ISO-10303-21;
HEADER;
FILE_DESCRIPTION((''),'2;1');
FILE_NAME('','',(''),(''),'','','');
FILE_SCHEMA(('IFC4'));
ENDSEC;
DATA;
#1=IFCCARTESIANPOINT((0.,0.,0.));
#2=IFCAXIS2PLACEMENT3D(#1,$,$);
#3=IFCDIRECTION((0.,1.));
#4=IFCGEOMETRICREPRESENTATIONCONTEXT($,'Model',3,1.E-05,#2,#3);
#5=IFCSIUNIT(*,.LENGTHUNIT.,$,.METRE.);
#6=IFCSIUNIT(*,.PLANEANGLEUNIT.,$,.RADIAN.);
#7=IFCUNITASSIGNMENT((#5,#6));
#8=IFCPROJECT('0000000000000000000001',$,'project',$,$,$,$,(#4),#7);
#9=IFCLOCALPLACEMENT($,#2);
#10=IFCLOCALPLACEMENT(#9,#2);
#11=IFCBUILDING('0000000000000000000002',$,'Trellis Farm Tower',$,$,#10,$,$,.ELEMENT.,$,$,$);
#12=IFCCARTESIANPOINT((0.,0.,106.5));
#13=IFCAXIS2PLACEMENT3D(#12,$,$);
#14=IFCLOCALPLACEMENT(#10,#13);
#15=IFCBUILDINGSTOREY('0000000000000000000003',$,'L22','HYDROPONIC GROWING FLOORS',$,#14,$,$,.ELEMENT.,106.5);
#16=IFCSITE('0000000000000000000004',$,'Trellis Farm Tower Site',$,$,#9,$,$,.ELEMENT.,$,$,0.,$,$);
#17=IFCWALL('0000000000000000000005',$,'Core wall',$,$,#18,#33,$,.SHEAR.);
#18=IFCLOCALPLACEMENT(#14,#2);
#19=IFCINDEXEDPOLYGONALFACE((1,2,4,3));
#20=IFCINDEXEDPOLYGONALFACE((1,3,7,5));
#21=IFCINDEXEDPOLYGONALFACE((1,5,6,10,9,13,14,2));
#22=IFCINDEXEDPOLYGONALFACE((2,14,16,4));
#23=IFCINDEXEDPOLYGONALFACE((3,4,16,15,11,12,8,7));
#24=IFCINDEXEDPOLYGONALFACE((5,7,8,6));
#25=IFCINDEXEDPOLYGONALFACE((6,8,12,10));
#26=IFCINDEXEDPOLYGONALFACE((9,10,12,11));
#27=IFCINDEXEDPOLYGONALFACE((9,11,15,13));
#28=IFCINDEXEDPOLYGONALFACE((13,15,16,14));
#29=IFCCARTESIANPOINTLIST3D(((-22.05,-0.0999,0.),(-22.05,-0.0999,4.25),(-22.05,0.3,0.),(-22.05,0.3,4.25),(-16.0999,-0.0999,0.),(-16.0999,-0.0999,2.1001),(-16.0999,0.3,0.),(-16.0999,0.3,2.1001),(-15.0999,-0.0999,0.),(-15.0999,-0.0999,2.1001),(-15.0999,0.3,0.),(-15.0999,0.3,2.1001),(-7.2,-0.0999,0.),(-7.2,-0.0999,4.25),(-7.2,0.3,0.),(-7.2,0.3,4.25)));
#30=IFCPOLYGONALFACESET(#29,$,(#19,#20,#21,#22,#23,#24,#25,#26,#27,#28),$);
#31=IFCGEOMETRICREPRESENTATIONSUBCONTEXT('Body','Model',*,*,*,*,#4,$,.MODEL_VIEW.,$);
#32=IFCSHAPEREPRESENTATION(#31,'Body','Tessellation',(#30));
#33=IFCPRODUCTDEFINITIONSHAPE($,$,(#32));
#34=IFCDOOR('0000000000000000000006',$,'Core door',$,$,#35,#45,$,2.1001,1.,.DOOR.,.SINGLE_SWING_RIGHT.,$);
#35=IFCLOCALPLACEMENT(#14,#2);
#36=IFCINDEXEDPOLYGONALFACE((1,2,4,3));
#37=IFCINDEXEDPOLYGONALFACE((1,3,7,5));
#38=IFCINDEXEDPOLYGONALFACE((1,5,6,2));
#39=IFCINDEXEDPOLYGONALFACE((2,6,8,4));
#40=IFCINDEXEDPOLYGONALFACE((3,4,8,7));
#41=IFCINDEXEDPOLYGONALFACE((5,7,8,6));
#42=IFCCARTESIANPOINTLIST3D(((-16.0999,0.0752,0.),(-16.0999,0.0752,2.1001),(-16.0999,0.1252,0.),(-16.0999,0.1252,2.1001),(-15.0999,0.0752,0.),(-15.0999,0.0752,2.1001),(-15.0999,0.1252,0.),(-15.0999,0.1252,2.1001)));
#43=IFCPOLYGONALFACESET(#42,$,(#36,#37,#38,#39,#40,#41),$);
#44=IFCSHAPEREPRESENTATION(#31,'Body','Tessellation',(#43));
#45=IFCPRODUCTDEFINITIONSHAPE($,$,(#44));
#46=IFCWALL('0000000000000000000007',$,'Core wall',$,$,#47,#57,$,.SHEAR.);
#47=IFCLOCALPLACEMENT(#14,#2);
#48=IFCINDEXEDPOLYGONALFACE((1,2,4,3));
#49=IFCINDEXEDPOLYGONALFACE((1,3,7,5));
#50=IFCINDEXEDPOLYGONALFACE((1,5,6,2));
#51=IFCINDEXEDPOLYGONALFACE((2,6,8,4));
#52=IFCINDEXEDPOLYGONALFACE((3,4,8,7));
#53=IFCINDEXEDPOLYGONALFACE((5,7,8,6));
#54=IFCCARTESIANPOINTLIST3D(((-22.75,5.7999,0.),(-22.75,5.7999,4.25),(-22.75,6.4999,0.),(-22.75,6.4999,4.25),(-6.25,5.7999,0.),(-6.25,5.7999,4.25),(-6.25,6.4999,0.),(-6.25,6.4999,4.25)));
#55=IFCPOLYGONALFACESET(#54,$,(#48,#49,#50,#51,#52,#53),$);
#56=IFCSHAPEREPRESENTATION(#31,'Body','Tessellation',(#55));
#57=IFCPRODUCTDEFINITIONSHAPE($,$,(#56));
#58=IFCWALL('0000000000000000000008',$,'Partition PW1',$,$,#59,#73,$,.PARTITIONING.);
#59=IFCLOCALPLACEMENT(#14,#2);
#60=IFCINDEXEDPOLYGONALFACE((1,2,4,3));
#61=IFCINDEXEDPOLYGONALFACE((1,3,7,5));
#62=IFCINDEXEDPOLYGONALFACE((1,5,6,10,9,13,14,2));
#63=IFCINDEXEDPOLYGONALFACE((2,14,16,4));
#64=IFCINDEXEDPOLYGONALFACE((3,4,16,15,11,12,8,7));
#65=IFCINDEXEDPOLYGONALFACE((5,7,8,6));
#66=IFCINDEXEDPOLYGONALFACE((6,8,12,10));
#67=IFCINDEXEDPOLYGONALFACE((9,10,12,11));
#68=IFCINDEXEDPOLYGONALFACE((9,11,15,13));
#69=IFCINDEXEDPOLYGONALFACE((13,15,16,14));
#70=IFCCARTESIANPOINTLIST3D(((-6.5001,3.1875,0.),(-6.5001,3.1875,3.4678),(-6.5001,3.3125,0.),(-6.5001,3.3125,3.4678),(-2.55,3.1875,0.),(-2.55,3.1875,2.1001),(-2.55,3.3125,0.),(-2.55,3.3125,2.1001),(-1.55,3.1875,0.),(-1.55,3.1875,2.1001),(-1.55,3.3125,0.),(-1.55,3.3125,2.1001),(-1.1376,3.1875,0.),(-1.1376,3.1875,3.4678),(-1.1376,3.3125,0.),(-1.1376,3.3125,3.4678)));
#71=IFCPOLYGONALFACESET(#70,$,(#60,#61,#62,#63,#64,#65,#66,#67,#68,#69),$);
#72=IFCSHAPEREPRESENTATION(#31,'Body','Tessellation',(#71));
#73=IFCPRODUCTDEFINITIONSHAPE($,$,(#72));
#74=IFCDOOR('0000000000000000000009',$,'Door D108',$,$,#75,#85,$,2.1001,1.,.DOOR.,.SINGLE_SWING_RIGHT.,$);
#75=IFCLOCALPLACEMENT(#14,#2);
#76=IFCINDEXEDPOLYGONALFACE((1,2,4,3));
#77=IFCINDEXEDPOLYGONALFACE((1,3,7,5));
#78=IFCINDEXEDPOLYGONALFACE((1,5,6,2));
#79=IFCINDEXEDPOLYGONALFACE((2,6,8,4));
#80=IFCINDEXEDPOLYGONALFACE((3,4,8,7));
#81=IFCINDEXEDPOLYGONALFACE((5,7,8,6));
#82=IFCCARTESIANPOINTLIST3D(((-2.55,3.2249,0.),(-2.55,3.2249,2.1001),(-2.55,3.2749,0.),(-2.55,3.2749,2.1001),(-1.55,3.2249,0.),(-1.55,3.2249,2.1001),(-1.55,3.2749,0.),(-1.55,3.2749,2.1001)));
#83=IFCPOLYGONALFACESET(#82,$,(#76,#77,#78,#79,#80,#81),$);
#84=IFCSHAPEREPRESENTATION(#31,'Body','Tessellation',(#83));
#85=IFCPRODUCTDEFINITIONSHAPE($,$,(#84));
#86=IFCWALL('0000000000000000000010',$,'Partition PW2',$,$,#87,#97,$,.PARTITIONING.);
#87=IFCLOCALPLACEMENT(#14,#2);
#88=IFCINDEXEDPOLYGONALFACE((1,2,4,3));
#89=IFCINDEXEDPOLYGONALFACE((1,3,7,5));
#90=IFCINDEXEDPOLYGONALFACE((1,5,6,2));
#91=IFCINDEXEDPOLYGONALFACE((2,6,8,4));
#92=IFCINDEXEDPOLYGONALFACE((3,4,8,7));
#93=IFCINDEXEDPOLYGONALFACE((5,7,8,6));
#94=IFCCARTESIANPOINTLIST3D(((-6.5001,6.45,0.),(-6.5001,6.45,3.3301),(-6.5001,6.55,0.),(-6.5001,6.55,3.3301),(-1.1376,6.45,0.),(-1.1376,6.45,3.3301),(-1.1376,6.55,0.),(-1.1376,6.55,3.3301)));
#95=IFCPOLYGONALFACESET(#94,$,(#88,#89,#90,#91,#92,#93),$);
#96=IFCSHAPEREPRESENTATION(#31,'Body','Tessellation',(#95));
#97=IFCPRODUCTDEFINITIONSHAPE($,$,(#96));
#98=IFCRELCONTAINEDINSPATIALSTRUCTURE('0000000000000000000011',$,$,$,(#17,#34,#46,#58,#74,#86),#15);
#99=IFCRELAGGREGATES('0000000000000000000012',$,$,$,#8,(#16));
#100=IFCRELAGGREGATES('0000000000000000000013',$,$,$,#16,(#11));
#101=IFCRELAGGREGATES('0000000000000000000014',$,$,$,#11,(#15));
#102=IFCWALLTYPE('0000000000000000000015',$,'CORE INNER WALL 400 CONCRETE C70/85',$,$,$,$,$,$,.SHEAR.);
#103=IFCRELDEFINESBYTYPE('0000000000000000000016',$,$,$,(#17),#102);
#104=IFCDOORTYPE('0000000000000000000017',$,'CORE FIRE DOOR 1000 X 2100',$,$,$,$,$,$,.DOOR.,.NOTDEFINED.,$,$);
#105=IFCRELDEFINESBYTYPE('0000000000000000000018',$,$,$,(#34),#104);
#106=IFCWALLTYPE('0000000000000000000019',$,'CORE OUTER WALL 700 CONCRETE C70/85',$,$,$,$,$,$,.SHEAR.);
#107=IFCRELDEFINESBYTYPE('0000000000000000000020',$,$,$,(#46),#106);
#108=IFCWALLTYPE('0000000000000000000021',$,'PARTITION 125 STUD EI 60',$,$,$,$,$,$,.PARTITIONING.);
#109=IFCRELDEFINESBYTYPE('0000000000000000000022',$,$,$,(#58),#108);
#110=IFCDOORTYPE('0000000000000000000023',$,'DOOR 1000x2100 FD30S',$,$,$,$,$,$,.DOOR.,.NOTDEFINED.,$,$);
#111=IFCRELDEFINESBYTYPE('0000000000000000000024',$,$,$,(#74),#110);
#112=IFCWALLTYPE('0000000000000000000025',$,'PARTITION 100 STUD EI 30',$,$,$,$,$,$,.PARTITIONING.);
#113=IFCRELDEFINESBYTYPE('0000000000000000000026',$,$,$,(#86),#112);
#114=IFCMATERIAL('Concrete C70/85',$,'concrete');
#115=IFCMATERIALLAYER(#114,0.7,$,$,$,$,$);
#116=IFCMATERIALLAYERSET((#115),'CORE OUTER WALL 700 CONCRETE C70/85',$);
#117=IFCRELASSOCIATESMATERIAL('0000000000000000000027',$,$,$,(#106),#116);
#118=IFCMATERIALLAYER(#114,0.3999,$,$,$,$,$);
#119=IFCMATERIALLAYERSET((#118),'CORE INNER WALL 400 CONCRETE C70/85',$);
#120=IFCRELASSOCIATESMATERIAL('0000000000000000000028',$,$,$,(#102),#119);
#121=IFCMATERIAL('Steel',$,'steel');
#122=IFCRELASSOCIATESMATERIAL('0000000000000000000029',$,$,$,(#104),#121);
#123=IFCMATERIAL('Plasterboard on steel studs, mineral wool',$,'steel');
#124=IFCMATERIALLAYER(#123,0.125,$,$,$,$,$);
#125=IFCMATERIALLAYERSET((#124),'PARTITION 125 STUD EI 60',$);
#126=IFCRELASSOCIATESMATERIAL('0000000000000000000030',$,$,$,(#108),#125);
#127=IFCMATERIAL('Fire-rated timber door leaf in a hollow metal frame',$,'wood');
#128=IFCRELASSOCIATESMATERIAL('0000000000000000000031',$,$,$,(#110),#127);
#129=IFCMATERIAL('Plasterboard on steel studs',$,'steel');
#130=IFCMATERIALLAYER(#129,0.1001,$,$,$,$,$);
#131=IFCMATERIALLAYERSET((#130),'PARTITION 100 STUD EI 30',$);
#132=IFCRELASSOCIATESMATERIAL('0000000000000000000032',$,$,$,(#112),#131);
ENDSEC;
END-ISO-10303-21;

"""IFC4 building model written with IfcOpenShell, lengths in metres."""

from ifc_helpers import new_model, si_unit, direction, frame, frame_2d, origin, place, context, subcontext, project, spatial, rectangle, extrude, source, transform, mapped, material, layer, layer_set, type_object, element, fill, save


model = new_model("IFC4")

# Units and contexts
model_context = context("Model", 3, precision=1e-05, world=origin(), true_north=direction((0.0, 1.0)))
body_context = subcontext(model_context, "Body", "Model", "MODEL_VIEW")
ifc_project = project(units=[si_unit("LENGTHUNIT", "METRE"), si_unit("PLANEANGLEUNIT", "RADIAN")], contexts=[model_context])

# Site, building, storey
site_placement = place(None, origin())
site = spatial("IfcSite", under=ifc_project, at=site_placement, Name="Trellis Farm Tower Site", CompositionType="ELEMENT", RefElevation=0.0)
building_placement = place(site_placement, origin())
building = spatial("IfcBuilding", under=site, at=building_placement, Name="Trellis Farm Tower", CompositionType="ELEMENT")
storey_placement = place(building_placement, frame((0.0, 0.0, 106.5)))
storey = spatial("IfcBuildingStorey", under=building, at=storey_placement, Name="L22", Description="HYDROPONIC GROWING FLOORS", CompositionType="ELEMENT", Elevation=106.5)

# Shared definitions
ifc_material_1 = material(Name="Concrete C70/85", Category="concrete")
ifc_layer_1 = layer(ifc_material_1, 0.7)
ifc_layer_set_1 = layer_set([ifc_layer_1], Name="CORE OUTER WALL 700 CONCRETE C70/85")
wall_type_1 = type_object("IfcWallType", Name="CORE OUTER WALL 700 CONCRETE C70/85", PredefinedType="SHEAR", material=ifc_layer_set_1)
ifc_material_2 = material(Name="Steel", Category="steel")

# Shared definitions
ifc_layer_2 = layer(ifc_material_1, 0.3999)
ifc_layer_set_2 = layer_set([ifc_layer_2], Name="CORE INNER WALL 400 CONCRETE C70/85")
wall_type_2 = type_object("IfcWallType", Name="CORE INNER WALL 400 CONCRETE C70/85", PredefinedType="SHEAR", material=ifc_layer_set_2)

# Wall, opening, door
shared_shape_1 = source(origin(), body_context, "Body", "SweptSolid", [
    extrude(rectangle(XDim=14.8501, YDim=0.3999, at=frame_2d((7.425, 0.0))), origin(), (0.0, 0.0, 1.0), 4.25),
])
wall_1_placement = place(storey_placement, frame((-7.2, 0.1001, 0.0), z_axis=(0.0, 0.0, 1.0), x_axis=(-1.0, 0.0, 0.0)))
wall_1 = element("IfcWall", 1, at=wall_1_placement, inside=storey, type_object=wall_type_2, Name="Core wall", PredefinedType="SHEAR", context=body_context, shape_type="MappedRepresentation", body=[
    mapped(shared_shape_1, transform((0.0, 0.0, 0.0))),
])
shared_shape_2 = source(origin(), body_context, "Body", "SweptSolid", [
    extrude(rectangle(XDim=1.0, YDim=2.1001, at=frame_2d((0.5, 1.05))), frame((0.0, 0.21, 0.0), z_axis=(0.0, -1.0, 0.0), x_axis=(1.0, 0.0, 0.0)), (0.0, 0.0, 1.0), 0.4199),
])
opening_1_placement = place(wall_1_placement, frame((7.8999, 0.0, 0.0)))
opening_1 = element("IfcOpeningElement", 2, at=opening_1_placement, cuts=wall_1, PredefinedType="OPENING", context=body_context, shape_type="MappedRepresentation", body=[
    mapped(shared_shape_2, transform((0.0, 0.0, 0.0))),
])
door_type_1 = type_object("IfcDoorType", Name="CORE FIRE DOOR 1000 X 2100", OperationType="NOTDEFINED", PredefinedType="DOOR", material=ifc_material_2)
shared_shape_3 = source(origin(), body_context, "Body", "SweptSolid", [
    extrude(rectangle(XDim=1.0, YDim=2.1001, at=frame_2d((0.5, 1.05))), frame((0.0, 0.0249, 0.0), z_axis=(0.0, -1.0, 0.0), x_axis=(1.0, 0.0, 0.0)), (0.0, 0.0, 1.0), 0.05),
])
door_1_placement = place(opening_1_placement, origin())
door_1 = element("IfcDoor", 3, at=door_1_placement, inside=storey, type_object=door_type_1, Name="Core door", OperationType="SINGLE_SWING_RIGHT", OverallHeight=2.1001, OverallWidth=1.0, PredefinedType="DOOR", context=body_context, shape_type="MappedRepresentation", body=[
    mapped(shared_shape_3, transform((0.0, 0.0, 0.0))),
])
fill(opening_1, door_1)

# Wall
shared_shape_4 = source(origin(), body_context, "Body", "SweptSolid", [
    extrude(rectangle(XDim=16.5, YDim=0.7, at=frame_2d((8.25, 0.0))), origin(), (0.0, 0.0, 1.0), 4.25),
])
wall_2_placement = place(storey_placement, frame((-6.25, 6.1499, 0.0), z_axis=(0.0, 0.0, 1.0), x_axis=(-1.0, 0.0, 0.0)))
element("IfcWall", 4, at=wall_2_placement, inside=storey, type_object=wall_type_1, Name="Core wall", PredefinedType="SHEAR", context=body_context, shape_type="MappedRepresentation", body=[
    mapped(shared_shape_4, transform((0.0, 0.0, 0.0))),
])

# Wall, opening, door
ifc_material_3 = material(Name="Plasterboard on steel studs, mineral wool", Category="steel")
ifc_layer_3 = layer(ifc_material_3, 0.125)
ifc_layer_set_3 = layer_set([ifc_layer_3], Name="PARTITION 125 STUD EI 60")
wall_type_3 = type_object("IfcWallType", Name="PARTITION 125 STUD EI 60", PredefinedType="PARTITIONING", material=ifc_layer_set_3)
shared_shape_5 = source(origin(), body_context, "Body", "SweptSolid", [
    extrude(rectangle(XDim=5.3625, YDim=0.125, at=frame_2d((2.6812, 0.0))), origin(), (0.0, 0.0, 1.0), 3.4678),
])
wall_3_placement = place(storey_placement, frame((-6.5, 3.25, 0.0), z_axis=(0.0, 0.0, 1.0), x_axis=(1.0, 0.0, 0.0)))
wall_3 = element("IfcWall", 5, at=wall_3_placement, inside=storey, type_object=wall_type_3, Name="Partition PW1", PredefinedType="PARTITIONING", context=body_context, shape_type="MappedRepresentation", body=[
    mapped(shared_shape_5, transform((0.0, 0.0, 0.0))),
])
shared_shape_6 = source(origin(), body_context, "Body", "SweptSolid", [
    extrude(rectangle(XDim=1.0, YDim=2.1001, at=frame_2d((0.5, 1.05))), frame((0.0, 0.0725, 0.0), z_axis=(0.0, -1.0, 0.0), x_axis=(1.0, 0.0, 0.0)), (0.0, 0.0, 1.0), 0.145),
])
opening_2_placement = place(wall_3_placement, frame((3.95, 0.0, 0.0)))
opening_2 = element("IfcOpeningElement", 6, at=opening_2_placement, cuts=wall_3, PredefinedType="OPENING", context=body_context, shape_type="MappedRepresentation", body=[
    mapped(shared_shape_6, transform((0.0, 0.0, 0.0))),
])
ifc_material_4 = material(Name="Fire-rated timber door leaf in a hollow metal frame", Category="wood")
door_type_2 = type_object("IfcDoorType", Name="DOOR 1000x2100 FD30S", OperationType="NOTDEFINED", PredefinedType="DOOR", material=ifc_material_4)
door_2_placement = place(opening_2_placement, origin())
door_2 = element("IfcDoor", 7, at=door_2_placement, inside=storey, type_object=door_type_2, Name="Door D108", OperationType="SINGLE_SWING_RIGHT", OverallHeight=2.1001, OverallWidth=1.0, PredefinedType="DOOR", context=body_context, shape_type="MappedRepresentation", body=[
    mapped(shared_shape_3, transform((0.0, 0.0, 0.0))),
])
fill(opening_2, door_2)

# Wall
ifc_material_5 = material(Name="Plasterboard on steel studs", Category="steel")
ifc_layer_4 = layer(ifc_material_5, 0.1001)
ifc_layer_set_4 = layer_set([ifc_layer_4], Name="PARTITION 100 STUD EI 30")
wall_type_4 = type_object("IfcWallType", Name="PARTITION 100 STUD EI 30", PredefinedType="PARTITIONING", material=ifc_layer_set_4)
shared_shape_7 = source(origin(), body_context, "Body", "SweptSolid", [
    extrude(rectangle(XDim=5.3625, YDim=0.1001, at=frame_2d((2.6812, 0.0))), origin(), (0.0, 0.0, 1.0), 3.3301),
])
wall_4_placement = place(storey_placement, frame((-6.5, 6.5, 0.0), z_axis=(0.0, 0.0, 1.0), x_axis=(1.0, 0.0, 0.0)))
element("IfcWall", 8, at=wall_4_placement, inside=storey, type_object=wall_type_4, Name="Partition PW2", PredefinedType="PARTITIONING", context=body_context, shape_type="MappedRepresentation", body=[
    mapped(shared_shape_7, transform((0.0, 0.0, 0.0))),
])

save(model, "model.ifc")
